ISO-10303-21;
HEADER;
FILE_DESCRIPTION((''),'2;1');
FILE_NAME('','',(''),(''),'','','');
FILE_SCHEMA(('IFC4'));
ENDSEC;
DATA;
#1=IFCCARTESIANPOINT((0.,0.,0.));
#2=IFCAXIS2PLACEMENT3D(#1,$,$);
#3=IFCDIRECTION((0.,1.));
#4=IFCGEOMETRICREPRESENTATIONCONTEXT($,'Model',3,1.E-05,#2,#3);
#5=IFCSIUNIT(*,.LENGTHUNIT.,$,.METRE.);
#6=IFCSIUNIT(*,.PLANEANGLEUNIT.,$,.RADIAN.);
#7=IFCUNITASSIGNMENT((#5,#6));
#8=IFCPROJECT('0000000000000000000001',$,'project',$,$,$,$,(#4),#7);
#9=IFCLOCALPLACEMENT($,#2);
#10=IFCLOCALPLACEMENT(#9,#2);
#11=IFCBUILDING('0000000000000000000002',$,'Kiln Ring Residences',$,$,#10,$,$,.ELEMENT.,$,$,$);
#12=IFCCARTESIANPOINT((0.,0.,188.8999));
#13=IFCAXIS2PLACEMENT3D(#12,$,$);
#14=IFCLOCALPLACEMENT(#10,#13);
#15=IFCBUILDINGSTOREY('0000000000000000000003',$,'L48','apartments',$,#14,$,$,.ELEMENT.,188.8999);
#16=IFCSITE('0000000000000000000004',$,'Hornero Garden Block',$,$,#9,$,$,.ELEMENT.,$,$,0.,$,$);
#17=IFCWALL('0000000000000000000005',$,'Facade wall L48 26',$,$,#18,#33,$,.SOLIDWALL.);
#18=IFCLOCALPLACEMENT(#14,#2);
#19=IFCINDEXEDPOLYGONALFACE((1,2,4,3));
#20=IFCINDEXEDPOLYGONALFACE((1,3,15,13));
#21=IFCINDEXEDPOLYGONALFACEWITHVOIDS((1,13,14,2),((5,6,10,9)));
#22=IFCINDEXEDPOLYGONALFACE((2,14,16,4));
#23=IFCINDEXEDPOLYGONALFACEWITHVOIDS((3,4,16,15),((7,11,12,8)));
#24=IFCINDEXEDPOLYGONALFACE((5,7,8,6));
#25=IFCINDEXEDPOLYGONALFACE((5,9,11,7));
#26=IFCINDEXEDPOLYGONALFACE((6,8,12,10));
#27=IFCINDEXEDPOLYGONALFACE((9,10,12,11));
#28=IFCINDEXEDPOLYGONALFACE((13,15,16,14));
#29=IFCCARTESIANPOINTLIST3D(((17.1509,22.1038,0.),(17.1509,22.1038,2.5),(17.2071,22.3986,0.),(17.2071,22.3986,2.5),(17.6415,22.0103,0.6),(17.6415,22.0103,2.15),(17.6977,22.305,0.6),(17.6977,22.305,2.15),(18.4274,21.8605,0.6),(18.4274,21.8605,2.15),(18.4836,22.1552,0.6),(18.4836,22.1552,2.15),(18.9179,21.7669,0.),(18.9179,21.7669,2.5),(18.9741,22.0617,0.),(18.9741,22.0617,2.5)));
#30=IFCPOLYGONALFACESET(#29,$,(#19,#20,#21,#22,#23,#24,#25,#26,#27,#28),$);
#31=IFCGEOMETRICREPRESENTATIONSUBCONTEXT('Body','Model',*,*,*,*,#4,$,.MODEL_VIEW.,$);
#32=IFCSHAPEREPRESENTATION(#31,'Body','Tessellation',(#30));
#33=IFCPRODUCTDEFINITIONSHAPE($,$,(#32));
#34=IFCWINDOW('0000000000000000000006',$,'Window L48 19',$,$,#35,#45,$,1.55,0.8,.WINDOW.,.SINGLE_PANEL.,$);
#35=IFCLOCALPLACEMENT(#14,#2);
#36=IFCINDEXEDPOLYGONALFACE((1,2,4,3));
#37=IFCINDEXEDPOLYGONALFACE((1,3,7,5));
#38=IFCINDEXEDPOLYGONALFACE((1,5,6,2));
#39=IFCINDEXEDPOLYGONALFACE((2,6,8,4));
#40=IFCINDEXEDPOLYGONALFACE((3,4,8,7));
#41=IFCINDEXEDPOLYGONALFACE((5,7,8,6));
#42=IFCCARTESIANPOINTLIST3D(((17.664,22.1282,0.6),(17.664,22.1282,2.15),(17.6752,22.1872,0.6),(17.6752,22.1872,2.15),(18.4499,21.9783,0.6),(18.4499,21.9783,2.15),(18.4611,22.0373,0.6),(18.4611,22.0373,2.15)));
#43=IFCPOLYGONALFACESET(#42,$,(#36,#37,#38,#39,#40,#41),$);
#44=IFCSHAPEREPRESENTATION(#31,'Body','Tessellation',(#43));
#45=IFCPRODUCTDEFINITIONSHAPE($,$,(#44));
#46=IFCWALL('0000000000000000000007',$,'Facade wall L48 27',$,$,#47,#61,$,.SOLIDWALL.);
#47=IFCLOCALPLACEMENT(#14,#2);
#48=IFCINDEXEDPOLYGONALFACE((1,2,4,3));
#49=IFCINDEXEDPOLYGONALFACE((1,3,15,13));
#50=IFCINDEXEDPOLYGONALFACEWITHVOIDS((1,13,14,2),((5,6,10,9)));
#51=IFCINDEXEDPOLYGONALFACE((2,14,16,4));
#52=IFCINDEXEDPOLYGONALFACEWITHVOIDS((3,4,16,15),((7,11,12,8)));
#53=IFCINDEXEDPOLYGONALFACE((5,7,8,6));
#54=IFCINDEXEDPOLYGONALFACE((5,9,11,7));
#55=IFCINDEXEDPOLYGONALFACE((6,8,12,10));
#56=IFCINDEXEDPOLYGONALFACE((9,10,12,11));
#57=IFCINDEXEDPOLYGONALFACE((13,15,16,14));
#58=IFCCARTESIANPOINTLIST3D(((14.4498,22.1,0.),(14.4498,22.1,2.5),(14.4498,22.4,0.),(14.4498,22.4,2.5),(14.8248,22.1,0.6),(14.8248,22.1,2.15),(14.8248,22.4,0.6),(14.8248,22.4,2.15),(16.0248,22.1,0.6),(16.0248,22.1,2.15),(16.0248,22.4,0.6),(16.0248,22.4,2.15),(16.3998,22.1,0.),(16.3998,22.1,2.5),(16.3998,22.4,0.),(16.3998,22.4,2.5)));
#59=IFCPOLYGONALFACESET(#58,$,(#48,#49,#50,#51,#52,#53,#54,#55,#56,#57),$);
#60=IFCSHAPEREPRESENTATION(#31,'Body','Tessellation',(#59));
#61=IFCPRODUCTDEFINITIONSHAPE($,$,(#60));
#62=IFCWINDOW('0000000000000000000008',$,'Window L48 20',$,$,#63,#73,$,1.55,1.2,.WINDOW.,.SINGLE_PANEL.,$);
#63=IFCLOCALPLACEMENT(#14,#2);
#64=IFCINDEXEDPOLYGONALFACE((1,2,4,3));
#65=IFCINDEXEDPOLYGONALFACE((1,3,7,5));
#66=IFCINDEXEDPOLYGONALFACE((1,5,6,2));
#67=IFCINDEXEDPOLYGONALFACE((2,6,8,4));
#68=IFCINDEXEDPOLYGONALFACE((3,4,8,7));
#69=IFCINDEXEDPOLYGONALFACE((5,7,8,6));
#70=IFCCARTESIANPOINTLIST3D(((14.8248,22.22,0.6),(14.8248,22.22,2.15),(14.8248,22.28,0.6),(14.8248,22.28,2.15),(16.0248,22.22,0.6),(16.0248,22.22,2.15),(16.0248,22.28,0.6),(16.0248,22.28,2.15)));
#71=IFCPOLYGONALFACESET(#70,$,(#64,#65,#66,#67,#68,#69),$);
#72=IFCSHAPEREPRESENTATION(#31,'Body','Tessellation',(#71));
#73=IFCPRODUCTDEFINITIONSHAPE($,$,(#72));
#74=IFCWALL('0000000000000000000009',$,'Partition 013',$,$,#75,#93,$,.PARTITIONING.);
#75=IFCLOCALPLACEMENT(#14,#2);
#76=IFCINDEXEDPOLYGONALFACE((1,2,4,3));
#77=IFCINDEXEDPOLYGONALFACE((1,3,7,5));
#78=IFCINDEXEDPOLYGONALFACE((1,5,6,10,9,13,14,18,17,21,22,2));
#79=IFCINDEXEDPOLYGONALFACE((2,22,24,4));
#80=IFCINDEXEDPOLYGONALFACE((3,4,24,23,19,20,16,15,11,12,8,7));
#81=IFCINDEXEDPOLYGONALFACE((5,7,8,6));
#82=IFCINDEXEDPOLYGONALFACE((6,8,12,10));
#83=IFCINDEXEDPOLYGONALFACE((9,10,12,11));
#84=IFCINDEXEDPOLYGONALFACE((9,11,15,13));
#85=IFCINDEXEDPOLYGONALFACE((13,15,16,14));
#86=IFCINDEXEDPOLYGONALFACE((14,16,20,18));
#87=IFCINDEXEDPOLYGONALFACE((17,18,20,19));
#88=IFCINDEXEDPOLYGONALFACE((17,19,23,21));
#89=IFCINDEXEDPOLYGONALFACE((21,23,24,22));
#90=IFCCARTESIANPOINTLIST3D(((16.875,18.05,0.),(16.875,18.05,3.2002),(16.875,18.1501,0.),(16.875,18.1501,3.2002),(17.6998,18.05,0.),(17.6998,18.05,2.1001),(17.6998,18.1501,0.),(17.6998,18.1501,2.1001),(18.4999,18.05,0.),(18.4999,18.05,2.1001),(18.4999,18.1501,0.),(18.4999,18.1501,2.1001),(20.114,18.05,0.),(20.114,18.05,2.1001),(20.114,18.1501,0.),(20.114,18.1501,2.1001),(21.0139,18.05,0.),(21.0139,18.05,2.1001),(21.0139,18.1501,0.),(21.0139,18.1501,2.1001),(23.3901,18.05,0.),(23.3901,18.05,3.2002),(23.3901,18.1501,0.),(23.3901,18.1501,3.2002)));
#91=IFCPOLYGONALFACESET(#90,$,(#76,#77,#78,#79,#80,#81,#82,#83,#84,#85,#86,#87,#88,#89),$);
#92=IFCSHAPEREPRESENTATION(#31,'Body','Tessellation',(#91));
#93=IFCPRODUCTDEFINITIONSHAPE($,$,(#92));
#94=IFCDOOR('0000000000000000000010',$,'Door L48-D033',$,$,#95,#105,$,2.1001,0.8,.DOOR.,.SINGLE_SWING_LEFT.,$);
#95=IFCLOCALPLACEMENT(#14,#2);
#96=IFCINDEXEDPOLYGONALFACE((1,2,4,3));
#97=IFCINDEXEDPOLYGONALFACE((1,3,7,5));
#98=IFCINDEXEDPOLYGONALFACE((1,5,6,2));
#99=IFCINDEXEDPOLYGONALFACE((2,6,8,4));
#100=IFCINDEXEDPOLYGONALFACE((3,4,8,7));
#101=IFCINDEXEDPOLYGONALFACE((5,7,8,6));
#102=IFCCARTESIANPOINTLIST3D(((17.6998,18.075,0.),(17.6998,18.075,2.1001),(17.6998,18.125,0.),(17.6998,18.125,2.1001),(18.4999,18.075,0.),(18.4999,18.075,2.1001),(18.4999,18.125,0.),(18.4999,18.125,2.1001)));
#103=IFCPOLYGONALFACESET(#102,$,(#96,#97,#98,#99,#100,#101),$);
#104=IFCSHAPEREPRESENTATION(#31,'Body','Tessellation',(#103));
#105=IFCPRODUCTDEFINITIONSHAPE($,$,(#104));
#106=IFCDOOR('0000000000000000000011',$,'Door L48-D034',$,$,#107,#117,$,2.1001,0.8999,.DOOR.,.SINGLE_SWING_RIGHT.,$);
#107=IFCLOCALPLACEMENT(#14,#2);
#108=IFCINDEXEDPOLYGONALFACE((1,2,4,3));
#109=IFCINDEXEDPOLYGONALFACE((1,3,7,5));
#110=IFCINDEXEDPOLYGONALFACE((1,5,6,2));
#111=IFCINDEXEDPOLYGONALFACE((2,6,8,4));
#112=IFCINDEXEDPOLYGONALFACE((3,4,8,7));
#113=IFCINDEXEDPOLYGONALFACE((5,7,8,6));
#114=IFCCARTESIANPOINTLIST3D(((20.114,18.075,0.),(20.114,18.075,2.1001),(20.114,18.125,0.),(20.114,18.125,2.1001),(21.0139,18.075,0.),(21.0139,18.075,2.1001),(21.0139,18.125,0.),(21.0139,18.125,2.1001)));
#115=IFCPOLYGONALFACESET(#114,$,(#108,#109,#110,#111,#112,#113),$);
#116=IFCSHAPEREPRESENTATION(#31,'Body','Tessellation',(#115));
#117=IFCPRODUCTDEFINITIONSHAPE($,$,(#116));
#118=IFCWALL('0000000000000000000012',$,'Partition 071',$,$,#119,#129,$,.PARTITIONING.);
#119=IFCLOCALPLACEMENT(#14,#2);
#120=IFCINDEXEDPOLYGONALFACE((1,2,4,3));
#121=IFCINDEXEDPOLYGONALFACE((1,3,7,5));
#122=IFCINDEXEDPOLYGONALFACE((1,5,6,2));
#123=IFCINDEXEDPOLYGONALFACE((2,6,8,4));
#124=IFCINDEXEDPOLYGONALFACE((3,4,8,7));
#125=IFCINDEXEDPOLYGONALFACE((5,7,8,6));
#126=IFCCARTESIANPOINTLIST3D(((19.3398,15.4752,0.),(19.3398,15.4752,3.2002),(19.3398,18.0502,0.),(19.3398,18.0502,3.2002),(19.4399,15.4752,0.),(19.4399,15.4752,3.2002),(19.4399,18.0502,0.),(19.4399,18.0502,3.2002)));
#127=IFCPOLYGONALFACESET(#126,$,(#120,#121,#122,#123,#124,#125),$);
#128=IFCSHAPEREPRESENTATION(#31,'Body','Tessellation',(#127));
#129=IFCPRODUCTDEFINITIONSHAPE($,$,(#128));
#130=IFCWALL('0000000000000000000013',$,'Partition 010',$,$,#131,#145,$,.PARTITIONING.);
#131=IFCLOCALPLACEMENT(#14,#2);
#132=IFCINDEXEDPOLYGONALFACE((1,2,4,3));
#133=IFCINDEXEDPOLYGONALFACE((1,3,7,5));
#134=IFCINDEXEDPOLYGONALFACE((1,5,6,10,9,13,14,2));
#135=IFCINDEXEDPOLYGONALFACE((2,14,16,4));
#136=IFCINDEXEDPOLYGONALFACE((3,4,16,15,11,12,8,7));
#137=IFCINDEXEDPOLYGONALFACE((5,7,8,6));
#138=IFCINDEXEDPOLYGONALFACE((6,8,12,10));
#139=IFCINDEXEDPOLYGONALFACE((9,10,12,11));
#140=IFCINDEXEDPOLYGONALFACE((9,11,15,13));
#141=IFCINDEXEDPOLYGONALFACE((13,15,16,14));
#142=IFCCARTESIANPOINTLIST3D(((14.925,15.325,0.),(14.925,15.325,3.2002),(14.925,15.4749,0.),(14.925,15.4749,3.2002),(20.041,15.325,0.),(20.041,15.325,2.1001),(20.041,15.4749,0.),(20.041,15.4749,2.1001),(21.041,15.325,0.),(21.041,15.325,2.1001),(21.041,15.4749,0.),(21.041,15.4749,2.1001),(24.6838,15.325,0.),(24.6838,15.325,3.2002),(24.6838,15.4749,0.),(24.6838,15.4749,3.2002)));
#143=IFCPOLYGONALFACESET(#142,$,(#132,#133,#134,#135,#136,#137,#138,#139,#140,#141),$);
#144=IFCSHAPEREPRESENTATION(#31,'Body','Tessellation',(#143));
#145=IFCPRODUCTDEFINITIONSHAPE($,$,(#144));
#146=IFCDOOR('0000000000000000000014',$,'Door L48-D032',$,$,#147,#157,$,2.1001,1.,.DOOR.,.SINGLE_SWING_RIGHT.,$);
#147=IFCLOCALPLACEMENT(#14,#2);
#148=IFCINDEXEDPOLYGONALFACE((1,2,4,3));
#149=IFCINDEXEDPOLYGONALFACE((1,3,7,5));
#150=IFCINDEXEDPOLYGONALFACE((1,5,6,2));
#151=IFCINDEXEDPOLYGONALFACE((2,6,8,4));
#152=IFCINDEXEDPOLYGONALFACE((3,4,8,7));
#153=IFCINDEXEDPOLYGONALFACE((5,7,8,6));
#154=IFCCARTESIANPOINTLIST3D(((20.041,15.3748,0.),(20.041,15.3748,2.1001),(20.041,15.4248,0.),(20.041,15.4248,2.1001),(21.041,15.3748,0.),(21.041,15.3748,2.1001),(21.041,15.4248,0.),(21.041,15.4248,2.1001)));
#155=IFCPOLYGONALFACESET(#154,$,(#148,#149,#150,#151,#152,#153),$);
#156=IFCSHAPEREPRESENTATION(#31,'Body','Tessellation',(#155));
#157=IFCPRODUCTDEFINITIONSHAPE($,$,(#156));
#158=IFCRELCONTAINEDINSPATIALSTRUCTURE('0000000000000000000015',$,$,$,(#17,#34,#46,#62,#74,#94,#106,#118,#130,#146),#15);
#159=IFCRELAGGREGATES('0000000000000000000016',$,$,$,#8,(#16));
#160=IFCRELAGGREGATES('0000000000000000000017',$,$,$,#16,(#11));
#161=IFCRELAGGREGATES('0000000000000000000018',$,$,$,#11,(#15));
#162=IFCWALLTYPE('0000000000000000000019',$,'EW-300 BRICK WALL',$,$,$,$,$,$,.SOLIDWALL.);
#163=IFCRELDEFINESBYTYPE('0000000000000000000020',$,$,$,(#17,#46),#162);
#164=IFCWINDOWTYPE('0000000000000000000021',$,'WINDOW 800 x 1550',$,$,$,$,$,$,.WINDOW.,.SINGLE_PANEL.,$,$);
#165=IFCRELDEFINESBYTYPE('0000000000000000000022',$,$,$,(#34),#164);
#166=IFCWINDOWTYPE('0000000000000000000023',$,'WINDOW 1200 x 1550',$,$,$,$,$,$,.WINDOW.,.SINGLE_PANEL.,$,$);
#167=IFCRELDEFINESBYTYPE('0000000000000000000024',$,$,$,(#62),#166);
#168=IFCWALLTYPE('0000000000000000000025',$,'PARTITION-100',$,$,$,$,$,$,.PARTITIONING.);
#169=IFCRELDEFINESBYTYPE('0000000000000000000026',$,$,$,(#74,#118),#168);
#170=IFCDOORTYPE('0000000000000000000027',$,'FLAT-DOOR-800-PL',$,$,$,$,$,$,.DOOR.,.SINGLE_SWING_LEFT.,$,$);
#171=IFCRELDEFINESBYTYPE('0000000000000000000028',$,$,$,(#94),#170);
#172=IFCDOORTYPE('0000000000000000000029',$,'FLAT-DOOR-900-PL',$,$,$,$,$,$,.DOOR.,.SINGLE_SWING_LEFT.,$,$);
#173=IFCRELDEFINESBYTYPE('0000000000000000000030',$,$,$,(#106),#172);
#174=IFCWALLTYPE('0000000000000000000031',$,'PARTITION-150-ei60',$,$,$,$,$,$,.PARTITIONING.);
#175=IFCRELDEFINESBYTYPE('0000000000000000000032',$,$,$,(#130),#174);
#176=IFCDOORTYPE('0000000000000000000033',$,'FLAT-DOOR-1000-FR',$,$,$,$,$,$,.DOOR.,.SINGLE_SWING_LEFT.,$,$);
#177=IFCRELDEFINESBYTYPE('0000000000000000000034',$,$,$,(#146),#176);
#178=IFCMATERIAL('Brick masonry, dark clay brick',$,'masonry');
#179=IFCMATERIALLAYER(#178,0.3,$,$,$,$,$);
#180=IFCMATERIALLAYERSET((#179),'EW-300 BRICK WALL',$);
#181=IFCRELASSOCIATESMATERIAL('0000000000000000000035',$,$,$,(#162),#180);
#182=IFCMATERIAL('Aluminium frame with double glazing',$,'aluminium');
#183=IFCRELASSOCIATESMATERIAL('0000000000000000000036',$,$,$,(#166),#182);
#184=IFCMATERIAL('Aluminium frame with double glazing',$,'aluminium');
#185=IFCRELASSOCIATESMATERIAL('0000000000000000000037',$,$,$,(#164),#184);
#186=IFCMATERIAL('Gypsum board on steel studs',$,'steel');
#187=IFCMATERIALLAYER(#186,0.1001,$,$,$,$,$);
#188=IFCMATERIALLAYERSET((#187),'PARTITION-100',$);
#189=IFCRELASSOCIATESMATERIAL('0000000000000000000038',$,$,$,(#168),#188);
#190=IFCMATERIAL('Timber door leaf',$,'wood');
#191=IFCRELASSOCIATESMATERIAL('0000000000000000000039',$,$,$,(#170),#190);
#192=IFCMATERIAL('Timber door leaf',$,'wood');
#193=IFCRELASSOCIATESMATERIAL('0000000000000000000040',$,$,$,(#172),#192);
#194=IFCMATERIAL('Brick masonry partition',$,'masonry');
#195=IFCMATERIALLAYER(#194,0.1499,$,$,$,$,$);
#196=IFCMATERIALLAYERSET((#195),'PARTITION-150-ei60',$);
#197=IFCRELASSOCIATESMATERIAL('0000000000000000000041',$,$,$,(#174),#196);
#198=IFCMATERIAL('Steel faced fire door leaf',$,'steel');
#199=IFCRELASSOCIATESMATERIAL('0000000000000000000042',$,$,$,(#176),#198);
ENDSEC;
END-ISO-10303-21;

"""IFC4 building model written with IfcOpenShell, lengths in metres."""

from ifc_helpers import new_model, si_unit, direction, frame, frame_2d, origin, place, context, subcontext, project, spatial, rectangle, extrude, material, layer, layer_set, type_object, element, fill, save


model = new_model("IFC4")

# Units and contexts
model_context = context("Model", 3, precision=1e-05, world=origin(), true_north=direction((0.0, 1.0)))
body_context = subcontext(model_context, "Body", "Model", "MODEL_VIEW")
ifc_project = project(units=[si_unit("LENGTHUNIT", "METRE"), si_unit("PLANEANGLEUNIT", "RADIAN")], contexts=[model_context])

# Site, building, storey
site_placement = place(None, origin())
site = spatial("IfcSite", under=ifc_project, at=site_placement, Name="Hornero Garden Block", CompositionType="ELEMENT", RefElevation=0.0)
building_placement = place(site_placement, origin())
building = spatial("IfcBuilding", under=site, at=building_placement, Name="Kiln Ring Residences", CompositionType="ELEMENT")
storey_placement = place(building_placement, frame((0.0, 0.0, 188.8999)))
storey = spatial("IfcBuildingStorey", under=building, at=storey_placement, Name="L48", Description="apartments", CompositionType="ELEMENT", Elevation=188.8999)

# Shared definitions
ifc_material_1 = material(Name="Brick masonry, dark clay brick", Category="masonry")
ifc_layer_1 = layer(ifc_material_1, 0.3)
ifc_layer_set_1 = layer_set([ifc_layer_1], Name="EW-300 BRICK WALL")
wall_type_1 = type_object("IfcWallType", Name="EW-300 BRICK WALL", PredefinedType="SOLIDWALL", material=ifc_layer_set_1)

# Shared definitions
ifc_material_2 = material(Name="Aluminium frame with double glazing", Category="aluminium")
window_type_1 = type_object("IfcWindowType", Name="WINDOW 1200 x 1550", PartitioningType="SINGLE_PANEL", PredefinedType="WINDOW", material=ifc_material_2)

# Walls, openings, windows
wall_1_placement = place(storey_placement, frame((18.946, 21.9143, 0.0), z_axis=(0.0, 0.0, 1.0), x_axis=(-0.982305, 0.187287, 0.0)))
wall_1 = element("IfcWall", 1, at=wall_1_placement, inside=storey, type_object=wall_type_1, Name="Facade wall L48 26", PredefinedType="SOLIDWALL", context=body_context, shape_type="SweptSolid", body=[
    extrude(rectangle(XDim=1.7988, YDim=0.3, at=frame_2d((0.8994, 0.0))), origin(), (0.0, 0.0, 1.0), 2.5),
])
opening_1_placement = place(wall_1_placement, frame((0.4995, 0.0, 0.6001)))
opening_1 = element("IfcOpeningElement", 2, at=opening_1_placement, cuts=wall_1, PredefinedType="OPENING", context=body_context, shape_type="SweptSolid", body=[
    extrude(rectangle(XDim=0.8, YDim=1.55, at=frame_2d((0.3999, 0.7749))), frame((0.0, 0.1599, 0.0), z_axis=(0.0, -1.0, 0.0), x_axis=(1.0, 0.0, 0.0)), (0.0, 0.0, 1.0), 0.3201),
])
ifc_material_3 = material(Name="Aluminium frame with double glazing", Category="aluminium")
window_type_2 = type_object("IfcWindowType", Name="WINDOW 800 x 1550", PartitioningType="SINGLE_PANEL", PredefinedType="WINDOW", material=ifc_material_3)
window_1_placement = place(opening_1_placement, origin())
window_1 = element("IfcWindow", 3, at=window_1_placement, inside=storey, type_object=window_type_2, Name="Window L48 19", OverallHeight=1.55, OverallWidth=0.8, PartitioningType="SINGLE_PANEL", PredefinedType="WINDOW", context=body_context, shape_type="SweptSolid", body=[
    extrude(rectangle(XDim=0.8, YDim=1.55, at=frame_2d((0.3999, 0.7749))), frame((0.0, 0.03, 0.0), z_axis=(0.0, -1.0, 0.0), x_axis=(1.0, 0.0, 0.0)), (0.0, 0.0, 1.0), 0.0601),
])
fill(opening_1, window_1)
wall_2_placement = place(storey_placement, frame((16.3999, 22.25, 0.0), z_axis=(0.0, 0.0, 1.0), x_axis=(-1.0, 0.0, 0.0)))
wall_2 = element("IfcWall", 4, at=wall_2_placement, inside=storey, type_object=wall_type_1, Name="Facade wall L48 27", PredefinedType="SOLIDWALL", context=body_context, shape_type="SweptSolid", body=[
    extrude(rectangle(XDim=1.95, YDim=0.3, at=frame_2d((0.9751, 0.0))), origin(), (0.0, 0.0, 1.0), 2.5),
])
opening_2_placement = place(wall_2_placement, frame((0.375, 0.0, 0.6001)))
opening_2 = element("IfcOpeningElement", 5, at=opening_2_placement, cuts=wall_2, PredefinedType="OPENING", context=body_context, shape_type="SweptSolid", body=[
    extrude(rectangle(XDim=1.2, YDim=1.55, at=frame_2d((0.6001, 0.7749))), frame((0.0, 0.1599, 0.0), z_axis=(0.0, -1.0, 0.0), x_axis=(1.0, 0.0, 0.0)), (0.0, 0.0, 1.0), 0.3201),
])
window_2_placement = place(opening_2_placement, origin())
window_2 = element("IfcWindow", 6, at=window_2_placement, inside=storey, type_object=window_type_1, Name="Window L48 20", OverallHeight=1.55, OverallWidth=1.2, PartitioningType="SINGLE_PANEL", PredefinedType="WINDOW", context=body_context, shape_type="SweptSolid", body=[
    extrude(rectangle(XDim=1.2, YDim=1.55, at=frame_2d((0.6001, 0.7749))), frame((0.0, 0.03, 0.0), z_axis=(0.0, -1.0, 0.0), x_axis=(1.0, 0.0, 0.0)), (0.0, 0.0, 1.0), 0.0601),
])
fill(opening_2, window_2)

# Wall, openings, doors
ifc_material_4 = material(Name="Gypsum board on steel studs", Category="steel")
ifc_layer_2 = layer(ifc_material_4, 0.1001)
ifc_layer_set_2 = layer_set([ifc_layer_2], Name="PARTITION-100")
wall_type_2 = type_object("IfcWallType", Name="PARTITION-100", PredefinedType="PARTITIONING", material=ifc_layer_set_2)
wall_3_placement = place(storey_placement, frame((16.875, 18.1001, 0.0), z_axis=(0.0, 0.0, 1.0), x_axis=(1.0, 0.0, 0.0)))
wall_3 = element("IfcWall", 7, at=wall_3_placement, inside=storey, type_object=wall_type_2, Name="Partition 013", PredefinedType="PARTITIONING", context=body_context, shape_type="SweptSolid", body=[
    extrude(rectangle(XDim=6.5151, YDim=0.1001, at=frame_2d((3.2576, 0.0))), origin(), (0.0, 0.0, 1.0), 3.2002),
])
opening_3_placement = place(wall_3_placement, frame((0.825, 0.0, 0.0)))
opening_3 = element("IfcOpeningElement", 8, at=opening_3_placement, cuts=wall_3, PredefinedType="OPENING", context=body_context, shape_type="SweptSolid", body=[
    extrude(rectangle(XDim=0.8, YDim=2.1001, at=frame_2d((0.3999, 1.05))), frame((0.0, 0.0601, 0.0), z_axis=(0.0, -1.0, 0.0), x_axis=(1.0, 0.0, 0.0)), (0.0, 0.0, 1.0), 0.1201),
])
opening_4_placement = place(wall_3_placement, frame((3.239, 0.0, 0.0)))
opening_4 = element("IfcOpeningElement", 9, at=opening_4_placement, cuts=wall_3, PredefinedType="OPENING", context=body_context, shape_type="SweptSolid", body=[
    extrude(rectangle(XDim=0.8999, YDim=2.1001, at=frame_2d((0.45, 1.05))), frame((0.0, 0.0601, 0.0), z_axis=(0.0, -1.0, 0.0), x_axis=(1.0, 0.0, 0.0)), (0.0, 0.0, 1.0), 0.1201),
])
ifc_material_5 = material(Name="Timber door leaf", Category="wood")
door_type_1 = type_object("IfcDoorType", Name="FLAT-DOOR-800-PL", OperationType="SINGLE_SWING_LEFT", PredefinedType="DOOR", material=ifc_material_5)
door_1_placement = place(opening_3_placement, origin())
door_1 = element("IfcDoor", 10, at=door_1_placement, inside=storey, type_object=door_type_1, Name="Door L48-D033", OperationType="SINGLE_SWING_LEFT", OverallHeight=2.1001, OverallWidth=0.8, PredefinedType="DOOR", context=body_context, shape_type="SweptSolid", body=[
    extrude(rectangle(XDim=0.8, YDim=2.1001, at=frame_2d((0.3999, 1.05))), frame((0.0, 0.0249, 0.0), z_axis=(0.0, -1.0, 0.0), x_axis=(1.0, 0.0, 0.0)), (0.0, 0.0, 1.0), 0.05),
])
fill(opening_3, door_1)
ifc_material_6 = material(Name="Timber door leaf", Category="wood")
door_type_2 = type_object("IfcDoorType", Name="FLAT-DOOR-900-PL", OperationType="SINGLE_SWING_LEFT", PredefinedType="DOOR", material=ifc_material_6)
door_2_placement = place(opening_4_placement, origin())
door_2 = element("IfcDoor", 11, at=door_2_placement, inside=storey, type_object=door_type_2, Name="Door L48-D034", OperationType="SINGLE_SWING_RIGHT", OverallHeight=2.1001, OverallWidth=0.8999, PredefinedType="DOOR", context=body_context, shape_type="SweptSolid", body=[
    extrude(rectangle(XDim=0.8999, YDim=2.1001, at=frame_2d((0.45, 1.05))), frame((0.0, 0.0249, 0.0), z_axis=(0.0, -1.0, 0.0), x_axis=(1.0, 0.0, 0.0)), (0.0, 0.0, 1.0), 0.05),
])
fill(opening_4, door_2)

# Wall
wall_4_placement = place(storey_placement, frame((19.3899, 15.4751, 0.0), z_axis=(0.0, 0.0, 1.0), x_axis=(0.0, 1.0, 0.0)))
element("IfcWall", 12, at=wall_4_placement, inside=storey, type_object=wall_type_2, Name="Partition 071", PredefinedType="PARTITIONING", context=body_context, shape_type="SweptSolid", body=[
    extrude(rectangle(XDim=2.575, YDim=0.1001, at=frame_2d((1.2876, 0.0))), origin(), (0.0, 0.0, 1.0), 3.2002),
])

# Wall, opening, door
ifc_material_7 = material(Name="Brick masonry partition", Category="masonry")
ifc_layer_3 = layer(ifc_material_7, 0.1499)
ifc_layer_set_3 = layer_set([ifc_layer_3], Name="PARTITION-150-ei60")
wall_type_3 = type_object("IfcWallType", Name="PARTITION-150-ei60", PredefinedType="PARTITIONING", material=ifc_layer_set_3)
wall_5_placement = place(storey_placement, frame((14.925, 15.3999, 0.0), z_axis=(0.0, 0.0, 1.0), x_axis=(1.0, 0.0, 0.0)))
wall_5 = element("IfcWall", 13, at=wall_5_placement, inside=storey, type_object=wall_type_3, Name="Partition 010", PredefinedType="PARTITIONING", context=body_context, shape_type="SweptSolid", body=[
    extrude(rectangle(XDim=9.7588, YDim=0.1499, at=frame_2d((4.8794, 0.0))), origin(), (0.0, 0.0, 1.0), 3.2002),
])
opening_5_placement = place(wall_5_placement, frame((5.116, 0.0, 0.0)))
opening_5 = element("IfcOpeningElement", 14, at=opening_5_placement, cuts=wall_5, PredefinedType="OPENING", context=body_context, shape_type="SweptSolid", body=[
    extrude(rectangle(XDim=1.0, YDim=2.1001, at=frame_2d((0.5, 1.05))), frame((0.0, 0.085, 0.0), z_axis=(0.0, -1.0, 0.0), x_axis=(1.0, 0.0, 0.0)), (0.0, 0.0, 1.0), 0.1699),
])
ifc_material_8 = material(Name="Steel faced fire door leaf", Category="steel")
door_type_3 = type_object("IfcDoorType", Name="FLAT-DOOR-1000-FR", OperationType="SINGLE_SWING_LEFT", PredefinedType="DOOR", material=ifc_material_8)
door_3_placement = place(opening_5_placement, origin())
door_3 = element("IfcDoor", 15, at=door_3_placement, inside=storey, type_object=door_type_3, Name="Door L48-D032", OperationType="SINGLE_SWING_RIGHT", OverallHeight=2.1001, OverallWidth=1.0, PredefinedType="DOOR", context=body_context, shape_type="SweptSolid", body=[
    extrude(rectangle(XDim=1.0, YDim=2.1001, at=frame_2d((0.5, 1.05))), frame((0.0, 0.0249, 0.0), z_axis=(0.0, -1.0, 0.0), x_axis=(1.0, 0.0, 0.0)), (0.0, 0.0, 1.0), 0.05),
])
fill(opening_5, door_3)

save(model, "model.ifc")
